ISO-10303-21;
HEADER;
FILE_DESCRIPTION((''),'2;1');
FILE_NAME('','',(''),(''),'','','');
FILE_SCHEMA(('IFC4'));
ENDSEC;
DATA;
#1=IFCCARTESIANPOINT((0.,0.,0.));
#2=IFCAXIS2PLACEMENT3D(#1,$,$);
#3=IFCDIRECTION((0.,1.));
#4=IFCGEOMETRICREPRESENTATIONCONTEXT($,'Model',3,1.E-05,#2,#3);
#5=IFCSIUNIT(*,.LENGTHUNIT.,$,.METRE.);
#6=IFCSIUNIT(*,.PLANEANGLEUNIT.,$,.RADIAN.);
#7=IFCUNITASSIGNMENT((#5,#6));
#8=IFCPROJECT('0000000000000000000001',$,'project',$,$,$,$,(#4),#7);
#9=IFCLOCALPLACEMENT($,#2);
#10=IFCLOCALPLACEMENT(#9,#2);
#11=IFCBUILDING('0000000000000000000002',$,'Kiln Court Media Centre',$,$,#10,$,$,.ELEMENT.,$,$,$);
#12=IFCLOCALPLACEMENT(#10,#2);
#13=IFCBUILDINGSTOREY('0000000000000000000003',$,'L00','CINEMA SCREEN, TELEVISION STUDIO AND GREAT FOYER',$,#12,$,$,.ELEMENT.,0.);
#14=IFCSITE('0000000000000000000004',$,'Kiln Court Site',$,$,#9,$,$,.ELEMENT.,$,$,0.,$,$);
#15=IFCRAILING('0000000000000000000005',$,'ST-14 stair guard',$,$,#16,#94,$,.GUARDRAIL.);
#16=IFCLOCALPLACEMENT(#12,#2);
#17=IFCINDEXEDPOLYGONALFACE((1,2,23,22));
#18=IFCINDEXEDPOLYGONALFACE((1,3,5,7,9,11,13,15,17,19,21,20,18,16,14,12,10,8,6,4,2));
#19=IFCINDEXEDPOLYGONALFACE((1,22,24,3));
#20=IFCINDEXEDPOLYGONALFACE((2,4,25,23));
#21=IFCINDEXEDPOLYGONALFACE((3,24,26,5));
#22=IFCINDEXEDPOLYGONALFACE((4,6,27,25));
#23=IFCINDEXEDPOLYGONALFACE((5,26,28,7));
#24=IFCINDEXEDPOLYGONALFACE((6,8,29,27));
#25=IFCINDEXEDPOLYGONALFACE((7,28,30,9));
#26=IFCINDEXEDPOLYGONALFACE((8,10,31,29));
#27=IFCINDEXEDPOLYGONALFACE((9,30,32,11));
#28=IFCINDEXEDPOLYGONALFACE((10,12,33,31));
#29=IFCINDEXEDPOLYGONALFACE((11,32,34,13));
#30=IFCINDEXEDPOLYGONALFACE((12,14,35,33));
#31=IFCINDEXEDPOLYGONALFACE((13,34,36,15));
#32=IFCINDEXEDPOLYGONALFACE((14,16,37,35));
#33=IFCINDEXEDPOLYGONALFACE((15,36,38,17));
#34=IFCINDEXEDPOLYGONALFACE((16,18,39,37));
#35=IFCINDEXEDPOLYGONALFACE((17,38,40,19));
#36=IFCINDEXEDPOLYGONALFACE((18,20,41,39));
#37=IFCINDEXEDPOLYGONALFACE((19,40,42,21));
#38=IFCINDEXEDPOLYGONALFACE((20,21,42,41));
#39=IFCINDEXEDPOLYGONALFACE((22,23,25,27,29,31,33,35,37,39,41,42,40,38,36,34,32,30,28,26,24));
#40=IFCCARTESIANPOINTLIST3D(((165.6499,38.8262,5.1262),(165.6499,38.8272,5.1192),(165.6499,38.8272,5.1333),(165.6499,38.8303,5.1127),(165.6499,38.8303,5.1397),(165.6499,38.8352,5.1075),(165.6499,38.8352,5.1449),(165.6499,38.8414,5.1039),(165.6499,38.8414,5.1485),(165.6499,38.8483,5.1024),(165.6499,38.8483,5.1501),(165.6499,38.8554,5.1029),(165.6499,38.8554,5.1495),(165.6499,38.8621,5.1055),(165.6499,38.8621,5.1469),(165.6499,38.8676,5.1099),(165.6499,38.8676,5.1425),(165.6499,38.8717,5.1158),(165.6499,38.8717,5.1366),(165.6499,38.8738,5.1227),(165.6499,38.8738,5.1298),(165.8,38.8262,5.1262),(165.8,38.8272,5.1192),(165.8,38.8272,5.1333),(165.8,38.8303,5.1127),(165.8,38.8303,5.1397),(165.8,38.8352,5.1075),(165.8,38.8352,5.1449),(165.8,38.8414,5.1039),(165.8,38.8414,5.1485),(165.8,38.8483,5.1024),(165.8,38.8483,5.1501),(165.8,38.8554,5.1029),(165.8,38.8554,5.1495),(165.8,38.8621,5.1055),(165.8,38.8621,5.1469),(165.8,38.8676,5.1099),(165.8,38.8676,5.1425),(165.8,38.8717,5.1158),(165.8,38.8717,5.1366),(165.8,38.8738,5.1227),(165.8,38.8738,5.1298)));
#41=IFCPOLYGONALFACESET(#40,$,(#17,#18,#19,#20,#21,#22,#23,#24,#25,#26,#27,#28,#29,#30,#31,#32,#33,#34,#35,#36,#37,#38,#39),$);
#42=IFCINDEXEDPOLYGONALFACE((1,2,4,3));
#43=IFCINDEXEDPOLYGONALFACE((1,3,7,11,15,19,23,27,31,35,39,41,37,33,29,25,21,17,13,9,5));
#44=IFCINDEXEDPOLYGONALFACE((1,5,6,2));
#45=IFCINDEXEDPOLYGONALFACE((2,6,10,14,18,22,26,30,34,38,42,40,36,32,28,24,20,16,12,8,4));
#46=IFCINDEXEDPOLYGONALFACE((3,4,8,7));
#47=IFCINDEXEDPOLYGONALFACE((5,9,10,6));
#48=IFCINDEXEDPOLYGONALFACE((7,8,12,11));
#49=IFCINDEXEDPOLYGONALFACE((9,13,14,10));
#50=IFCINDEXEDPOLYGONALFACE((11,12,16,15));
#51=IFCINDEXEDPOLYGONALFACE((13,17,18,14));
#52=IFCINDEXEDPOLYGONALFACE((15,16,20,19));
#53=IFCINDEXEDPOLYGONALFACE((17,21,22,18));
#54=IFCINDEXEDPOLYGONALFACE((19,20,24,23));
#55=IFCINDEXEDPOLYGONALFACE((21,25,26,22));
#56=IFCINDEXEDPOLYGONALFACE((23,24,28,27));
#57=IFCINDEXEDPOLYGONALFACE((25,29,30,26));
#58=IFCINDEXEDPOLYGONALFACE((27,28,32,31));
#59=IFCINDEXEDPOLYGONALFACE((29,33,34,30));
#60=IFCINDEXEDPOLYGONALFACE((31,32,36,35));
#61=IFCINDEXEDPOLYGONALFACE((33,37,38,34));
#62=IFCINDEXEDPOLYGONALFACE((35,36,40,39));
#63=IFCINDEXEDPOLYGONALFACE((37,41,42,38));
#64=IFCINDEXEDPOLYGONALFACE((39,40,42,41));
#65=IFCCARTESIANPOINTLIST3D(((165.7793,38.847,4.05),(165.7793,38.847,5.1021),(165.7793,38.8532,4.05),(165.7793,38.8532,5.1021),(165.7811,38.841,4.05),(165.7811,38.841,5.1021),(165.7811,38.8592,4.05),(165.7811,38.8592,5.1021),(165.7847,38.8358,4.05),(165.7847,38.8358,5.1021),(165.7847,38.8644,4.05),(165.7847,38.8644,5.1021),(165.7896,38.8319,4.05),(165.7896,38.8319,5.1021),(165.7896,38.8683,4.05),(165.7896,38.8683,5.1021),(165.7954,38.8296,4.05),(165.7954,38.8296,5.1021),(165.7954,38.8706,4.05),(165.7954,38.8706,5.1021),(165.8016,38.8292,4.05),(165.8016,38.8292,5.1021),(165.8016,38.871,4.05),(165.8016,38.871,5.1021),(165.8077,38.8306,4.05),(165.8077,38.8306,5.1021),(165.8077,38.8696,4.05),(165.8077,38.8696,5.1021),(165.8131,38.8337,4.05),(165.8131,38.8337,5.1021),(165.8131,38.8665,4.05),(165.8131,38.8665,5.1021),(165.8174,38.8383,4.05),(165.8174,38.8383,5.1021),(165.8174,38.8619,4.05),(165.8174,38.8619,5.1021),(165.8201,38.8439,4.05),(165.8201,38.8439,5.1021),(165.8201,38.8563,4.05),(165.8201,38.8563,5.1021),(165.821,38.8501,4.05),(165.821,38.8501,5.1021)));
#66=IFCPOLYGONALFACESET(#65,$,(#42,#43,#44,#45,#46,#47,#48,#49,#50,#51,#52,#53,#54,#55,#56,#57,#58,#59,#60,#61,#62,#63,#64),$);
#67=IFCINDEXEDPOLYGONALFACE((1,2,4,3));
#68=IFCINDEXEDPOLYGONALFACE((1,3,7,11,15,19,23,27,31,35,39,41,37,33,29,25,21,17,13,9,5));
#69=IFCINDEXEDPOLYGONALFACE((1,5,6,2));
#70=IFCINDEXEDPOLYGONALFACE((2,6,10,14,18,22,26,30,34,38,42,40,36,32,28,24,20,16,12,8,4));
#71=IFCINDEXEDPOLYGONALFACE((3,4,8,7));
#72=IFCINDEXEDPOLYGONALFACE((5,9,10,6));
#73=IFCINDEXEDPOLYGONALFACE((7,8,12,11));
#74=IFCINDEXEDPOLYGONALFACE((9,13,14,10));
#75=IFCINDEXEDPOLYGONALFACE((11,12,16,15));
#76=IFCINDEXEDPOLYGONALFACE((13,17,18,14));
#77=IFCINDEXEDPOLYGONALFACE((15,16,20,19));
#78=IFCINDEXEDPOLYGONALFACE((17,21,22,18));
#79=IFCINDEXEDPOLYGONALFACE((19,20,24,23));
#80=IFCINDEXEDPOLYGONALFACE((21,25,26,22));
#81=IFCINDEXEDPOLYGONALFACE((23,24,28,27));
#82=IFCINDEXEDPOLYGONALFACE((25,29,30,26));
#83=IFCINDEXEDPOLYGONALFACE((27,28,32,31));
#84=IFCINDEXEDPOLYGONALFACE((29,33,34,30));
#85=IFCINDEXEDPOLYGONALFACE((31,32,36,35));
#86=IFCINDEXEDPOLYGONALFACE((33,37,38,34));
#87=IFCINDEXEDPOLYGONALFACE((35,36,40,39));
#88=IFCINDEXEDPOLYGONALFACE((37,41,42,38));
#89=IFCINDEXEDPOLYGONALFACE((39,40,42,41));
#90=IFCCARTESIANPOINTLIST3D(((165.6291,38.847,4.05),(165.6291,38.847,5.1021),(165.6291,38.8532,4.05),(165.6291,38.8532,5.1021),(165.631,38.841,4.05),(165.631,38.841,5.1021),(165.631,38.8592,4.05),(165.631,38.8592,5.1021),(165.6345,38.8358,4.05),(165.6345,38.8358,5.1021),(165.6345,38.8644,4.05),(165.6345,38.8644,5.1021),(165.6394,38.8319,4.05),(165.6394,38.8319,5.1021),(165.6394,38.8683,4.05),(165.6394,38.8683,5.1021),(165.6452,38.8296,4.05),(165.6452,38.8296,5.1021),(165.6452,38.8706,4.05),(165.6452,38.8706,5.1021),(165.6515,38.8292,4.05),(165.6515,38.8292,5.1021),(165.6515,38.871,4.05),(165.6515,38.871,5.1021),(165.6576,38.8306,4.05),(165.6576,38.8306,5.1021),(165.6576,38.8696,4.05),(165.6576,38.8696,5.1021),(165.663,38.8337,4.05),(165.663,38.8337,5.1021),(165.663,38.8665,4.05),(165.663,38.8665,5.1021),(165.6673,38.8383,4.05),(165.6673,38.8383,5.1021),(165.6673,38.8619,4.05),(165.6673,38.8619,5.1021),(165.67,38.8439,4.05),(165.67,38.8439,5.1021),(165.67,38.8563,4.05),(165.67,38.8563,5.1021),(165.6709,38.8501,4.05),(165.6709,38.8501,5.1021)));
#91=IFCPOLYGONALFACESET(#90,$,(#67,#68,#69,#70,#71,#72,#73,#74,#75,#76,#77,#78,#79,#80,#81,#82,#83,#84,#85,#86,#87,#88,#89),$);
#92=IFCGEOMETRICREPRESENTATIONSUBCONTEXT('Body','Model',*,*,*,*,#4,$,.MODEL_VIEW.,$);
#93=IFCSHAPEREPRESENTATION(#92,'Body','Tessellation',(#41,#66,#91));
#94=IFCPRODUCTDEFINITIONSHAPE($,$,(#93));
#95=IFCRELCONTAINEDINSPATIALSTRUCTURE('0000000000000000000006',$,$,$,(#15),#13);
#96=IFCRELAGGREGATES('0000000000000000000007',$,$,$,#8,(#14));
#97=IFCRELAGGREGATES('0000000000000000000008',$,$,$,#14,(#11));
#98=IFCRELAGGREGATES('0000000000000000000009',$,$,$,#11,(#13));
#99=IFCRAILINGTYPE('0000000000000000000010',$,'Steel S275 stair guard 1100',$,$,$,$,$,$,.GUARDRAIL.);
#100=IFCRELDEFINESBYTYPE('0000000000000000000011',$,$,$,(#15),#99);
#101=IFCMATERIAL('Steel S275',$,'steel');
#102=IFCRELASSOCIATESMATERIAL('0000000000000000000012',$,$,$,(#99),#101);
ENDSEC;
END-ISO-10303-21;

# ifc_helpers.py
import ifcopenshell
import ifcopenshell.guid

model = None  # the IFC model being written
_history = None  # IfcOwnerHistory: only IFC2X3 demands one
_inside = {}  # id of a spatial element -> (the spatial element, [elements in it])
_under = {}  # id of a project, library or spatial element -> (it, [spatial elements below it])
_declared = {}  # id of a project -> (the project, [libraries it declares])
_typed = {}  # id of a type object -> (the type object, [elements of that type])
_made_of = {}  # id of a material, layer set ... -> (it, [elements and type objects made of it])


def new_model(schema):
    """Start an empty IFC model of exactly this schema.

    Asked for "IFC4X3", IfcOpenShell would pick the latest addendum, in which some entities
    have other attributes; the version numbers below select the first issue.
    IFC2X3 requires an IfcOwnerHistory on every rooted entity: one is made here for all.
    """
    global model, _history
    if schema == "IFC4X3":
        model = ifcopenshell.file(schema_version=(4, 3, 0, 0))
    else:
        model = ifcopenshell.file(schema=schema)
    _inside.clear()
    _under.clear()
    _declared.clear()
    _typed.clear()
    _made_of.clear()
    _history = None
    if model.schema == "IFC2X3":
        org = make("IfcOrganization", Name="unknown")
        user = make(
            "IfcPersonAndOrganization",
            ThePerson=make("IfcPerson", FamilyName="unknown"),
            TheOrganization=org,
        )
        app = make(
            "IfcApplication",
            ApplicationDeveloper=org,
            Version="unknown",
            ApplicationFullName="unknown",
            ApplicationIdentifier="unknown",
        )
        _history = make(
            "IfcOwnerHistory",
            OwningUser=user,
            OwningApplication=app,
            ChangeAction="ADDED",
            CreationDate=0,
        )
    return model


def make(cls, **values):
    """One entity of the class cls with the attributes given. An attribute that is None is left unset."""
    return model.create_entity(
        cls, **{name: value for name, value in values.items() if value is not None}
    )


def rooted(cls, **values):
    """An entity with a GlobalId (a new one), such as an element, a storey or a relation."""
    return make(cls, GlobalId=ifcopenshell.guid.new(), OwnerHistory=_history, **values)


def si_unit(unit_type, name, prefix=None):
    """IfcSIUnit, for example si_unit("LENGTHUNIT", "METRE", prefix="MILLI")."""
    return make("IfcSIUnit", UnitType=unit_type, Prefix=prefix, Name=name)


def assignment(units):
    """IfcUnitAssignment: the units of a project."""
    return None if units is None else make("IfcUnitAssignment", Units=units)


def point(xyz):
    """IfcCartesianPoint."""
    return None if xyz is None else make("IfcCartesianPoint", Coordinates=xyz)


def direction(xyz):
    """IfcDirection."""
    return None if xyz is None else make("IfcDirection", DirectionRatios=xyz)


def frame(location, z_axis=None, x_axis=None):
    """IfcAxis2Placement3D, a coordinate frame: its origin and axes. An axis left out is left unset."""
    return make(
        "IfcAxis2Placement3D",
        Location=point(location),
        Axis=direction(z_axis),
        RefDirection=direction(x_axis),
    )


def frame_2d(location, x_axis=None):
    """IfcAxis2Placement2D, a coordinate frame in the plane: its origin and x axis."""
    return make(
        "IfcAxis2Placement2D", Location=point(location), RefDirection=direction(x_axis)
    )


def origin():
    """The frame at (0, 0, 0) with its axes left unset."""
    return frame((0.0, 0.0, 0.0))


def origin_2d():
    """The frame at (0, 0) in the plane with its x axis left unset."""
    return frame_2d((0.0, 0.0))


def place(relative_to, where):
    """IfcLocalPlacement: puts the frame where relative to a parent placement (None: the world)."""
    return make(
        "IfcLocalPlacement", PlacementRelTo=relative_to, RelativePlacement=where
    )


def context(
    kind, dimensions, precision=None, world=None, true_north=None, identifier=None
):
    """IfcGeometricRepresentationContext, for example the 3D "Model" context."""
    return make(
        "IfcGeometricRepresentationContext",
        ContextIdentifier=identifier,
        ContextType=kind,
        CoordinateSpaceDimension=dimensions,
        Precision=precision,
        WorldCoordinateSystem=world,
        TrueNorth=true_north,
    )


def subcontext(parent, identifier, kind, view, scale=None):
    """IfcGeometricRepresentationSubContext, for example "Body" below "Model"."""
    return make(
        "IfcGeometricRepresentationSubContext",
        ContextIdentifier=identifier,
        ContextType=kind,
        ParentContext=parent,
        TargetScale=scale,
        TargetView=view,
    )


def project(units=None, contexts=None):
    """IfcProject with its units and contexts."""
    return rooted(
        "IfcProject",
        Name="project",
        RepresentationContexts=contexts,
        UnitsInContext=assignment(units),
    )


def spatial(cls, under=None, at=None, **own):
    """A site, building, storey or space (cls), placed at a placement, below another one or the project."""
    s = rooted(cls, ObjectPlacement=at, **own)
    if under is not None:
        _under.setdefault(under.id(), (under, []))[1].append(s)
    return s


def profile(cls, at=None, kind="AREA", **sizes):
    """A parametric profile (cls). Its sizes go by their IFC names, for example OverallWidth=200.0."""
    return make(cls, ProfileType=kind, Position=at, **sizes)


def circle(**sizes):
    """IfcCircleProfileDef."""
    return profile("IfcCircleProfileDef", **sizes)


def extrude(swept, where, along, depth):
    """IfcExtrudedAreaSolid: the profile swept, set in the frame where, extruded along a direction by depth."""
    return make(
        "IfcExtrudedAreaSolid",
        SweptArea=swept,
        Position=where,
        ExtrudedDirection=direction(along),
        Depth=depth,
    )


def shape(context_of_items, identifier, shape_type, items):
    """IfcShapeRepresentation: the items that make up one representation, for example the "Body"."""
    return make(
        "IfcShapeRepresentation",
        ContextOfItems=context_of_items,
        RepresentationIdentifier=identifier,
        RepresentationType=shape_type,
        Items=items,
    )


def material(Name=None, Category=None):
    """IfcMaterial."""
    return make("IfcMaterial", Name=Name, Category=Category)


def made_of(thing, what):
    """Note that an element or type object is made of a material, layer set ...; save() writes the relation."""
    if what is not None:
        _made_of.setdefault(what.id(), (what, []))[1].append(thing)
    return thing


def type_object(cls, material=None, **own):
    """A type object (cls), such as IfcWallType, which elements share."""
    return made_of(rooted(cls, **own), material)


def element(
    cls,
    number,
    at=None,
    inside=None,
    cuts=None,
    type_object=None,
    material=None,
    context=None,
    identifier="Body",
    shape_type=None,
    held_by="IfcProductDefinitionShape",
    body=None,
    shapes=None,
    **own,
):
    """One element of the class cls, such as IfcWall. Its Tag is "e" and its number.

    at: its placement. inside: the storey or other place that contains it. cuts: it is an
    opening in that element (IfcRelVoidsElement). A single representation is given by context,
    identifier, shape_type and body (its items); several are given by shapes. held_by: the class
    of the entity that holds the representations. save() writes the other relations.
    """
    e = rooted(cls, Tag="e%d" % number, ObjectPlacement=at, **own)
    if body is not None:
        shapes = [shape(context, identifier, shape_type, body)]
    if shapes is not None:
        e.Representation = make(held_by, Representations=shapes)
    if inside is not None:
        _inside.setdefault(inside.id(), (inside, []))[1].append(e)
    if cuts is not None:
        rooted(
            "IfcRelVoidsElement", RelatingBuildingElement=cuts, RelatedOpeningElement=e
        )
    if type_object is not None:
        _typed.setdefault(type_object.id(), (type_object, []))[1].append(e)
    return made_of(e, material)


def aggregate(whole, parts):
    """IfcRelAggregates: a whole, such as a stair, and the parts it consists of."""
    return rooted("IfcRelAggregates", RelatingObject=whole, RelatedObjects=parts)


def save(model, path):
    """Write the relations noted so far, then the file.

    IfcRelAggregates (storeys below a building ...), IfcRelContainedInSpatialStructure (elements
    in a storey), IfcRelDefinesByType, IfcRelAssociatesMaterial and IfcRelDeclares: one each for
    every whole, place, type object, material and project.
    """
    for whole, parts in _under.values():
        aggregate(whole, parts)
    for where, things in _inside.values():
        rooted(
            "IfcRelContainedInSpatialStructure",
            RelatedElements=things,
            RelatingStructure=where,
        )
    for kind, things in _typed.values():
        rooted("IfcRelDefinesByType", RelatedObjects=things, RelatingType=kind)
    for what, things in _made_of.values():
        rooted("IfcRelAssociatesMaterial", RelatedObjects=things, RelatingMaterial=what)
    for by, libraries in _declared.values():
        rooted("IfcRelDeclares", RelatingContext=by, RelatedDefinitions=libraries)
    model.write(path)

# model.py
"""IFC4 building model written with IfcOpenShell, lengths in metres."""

from ifc_helpers import new_model, si_unit, direction, frame, origin, origin_2d, place, context, subcontext, project, spatial, circle, extrude, material, type_object, element, save


model = new_model("IFC4")

# Units and contexts
model_context = context("Model", 3, precision=1e-05, world=origin(), true_north=direction((0.0, 1.0)))
body_context = subcontext(model_context, "Body", "Model", "MODEL_VIEW")
ifc_project = project(units=[si_unit("LENGTHUNIT", "METRE"), si_unit("PLANEANGLEUNIT", "RADIAN")], contexts=[model_context])

# Site, building, storey
site_placement = place(None, origin())
site = spatial("IfcSite", under=ifc_project, at=site_placement, Name="Kiln Court Site", CompositionType="ELEMENT", RefElevation=0.0)
building_placement = place(site_placement, origin())
building = spatial("IfcBuilding", under=site, at=building_placement, Name="Kiln Court Media Centre", CompositionType="ELEMENT")
storey_placement = place(building_placement, origin())
storey = spatial("IfcBuildingStorey", under=building, at=storey_placement, Name="L00", Description="CINEMA SCREEN, TELEVISION STUDIO AND GREAT FOYER", CompositionType="ELEMENT", Elevation=0.0)

# Railing
ifc_material_1 = material(Name="Steel S275", Category="steel")
railing_type_1 = type_object("IfcRailingType", Name="Steel S275 stair guard 1100", PredefinedType="GUARDRAIL", material=ifc_material_1)
railing_1_placement = place(storey_placement, frame((165.8, 38.8501, 4.05)))
element("IfcRailing", 1, at=railing_1_placement, inside=storey, type_object=railing_type_1, Name="ST-14 stair guard", PredefinedType="GUARDRAIL", context=body_context, shape_type="SweptSolid", body=[
    extrude(circle(Radius=0.0239, at=origin_2d()), frame((0.0, 0.0, 1.0762), z_axis=(-1.0, 0.0, 0.0), x_axis=(0.0, -1.0, 0.0)), (0.0, 0.0, 1.0), 0.1501),
    extrude(circle(Radius=0.021, at=origin_2d()), origin(), (0.0, 0.0, 1.0), 1.052),
    extrude(circle(Radius=0.021, at=origin_2d()), frame((-0.1501, 0.0, 0.0)), (0.0, 0.0, 1.0), 1.052),
])

save(model, "model.ifc")
